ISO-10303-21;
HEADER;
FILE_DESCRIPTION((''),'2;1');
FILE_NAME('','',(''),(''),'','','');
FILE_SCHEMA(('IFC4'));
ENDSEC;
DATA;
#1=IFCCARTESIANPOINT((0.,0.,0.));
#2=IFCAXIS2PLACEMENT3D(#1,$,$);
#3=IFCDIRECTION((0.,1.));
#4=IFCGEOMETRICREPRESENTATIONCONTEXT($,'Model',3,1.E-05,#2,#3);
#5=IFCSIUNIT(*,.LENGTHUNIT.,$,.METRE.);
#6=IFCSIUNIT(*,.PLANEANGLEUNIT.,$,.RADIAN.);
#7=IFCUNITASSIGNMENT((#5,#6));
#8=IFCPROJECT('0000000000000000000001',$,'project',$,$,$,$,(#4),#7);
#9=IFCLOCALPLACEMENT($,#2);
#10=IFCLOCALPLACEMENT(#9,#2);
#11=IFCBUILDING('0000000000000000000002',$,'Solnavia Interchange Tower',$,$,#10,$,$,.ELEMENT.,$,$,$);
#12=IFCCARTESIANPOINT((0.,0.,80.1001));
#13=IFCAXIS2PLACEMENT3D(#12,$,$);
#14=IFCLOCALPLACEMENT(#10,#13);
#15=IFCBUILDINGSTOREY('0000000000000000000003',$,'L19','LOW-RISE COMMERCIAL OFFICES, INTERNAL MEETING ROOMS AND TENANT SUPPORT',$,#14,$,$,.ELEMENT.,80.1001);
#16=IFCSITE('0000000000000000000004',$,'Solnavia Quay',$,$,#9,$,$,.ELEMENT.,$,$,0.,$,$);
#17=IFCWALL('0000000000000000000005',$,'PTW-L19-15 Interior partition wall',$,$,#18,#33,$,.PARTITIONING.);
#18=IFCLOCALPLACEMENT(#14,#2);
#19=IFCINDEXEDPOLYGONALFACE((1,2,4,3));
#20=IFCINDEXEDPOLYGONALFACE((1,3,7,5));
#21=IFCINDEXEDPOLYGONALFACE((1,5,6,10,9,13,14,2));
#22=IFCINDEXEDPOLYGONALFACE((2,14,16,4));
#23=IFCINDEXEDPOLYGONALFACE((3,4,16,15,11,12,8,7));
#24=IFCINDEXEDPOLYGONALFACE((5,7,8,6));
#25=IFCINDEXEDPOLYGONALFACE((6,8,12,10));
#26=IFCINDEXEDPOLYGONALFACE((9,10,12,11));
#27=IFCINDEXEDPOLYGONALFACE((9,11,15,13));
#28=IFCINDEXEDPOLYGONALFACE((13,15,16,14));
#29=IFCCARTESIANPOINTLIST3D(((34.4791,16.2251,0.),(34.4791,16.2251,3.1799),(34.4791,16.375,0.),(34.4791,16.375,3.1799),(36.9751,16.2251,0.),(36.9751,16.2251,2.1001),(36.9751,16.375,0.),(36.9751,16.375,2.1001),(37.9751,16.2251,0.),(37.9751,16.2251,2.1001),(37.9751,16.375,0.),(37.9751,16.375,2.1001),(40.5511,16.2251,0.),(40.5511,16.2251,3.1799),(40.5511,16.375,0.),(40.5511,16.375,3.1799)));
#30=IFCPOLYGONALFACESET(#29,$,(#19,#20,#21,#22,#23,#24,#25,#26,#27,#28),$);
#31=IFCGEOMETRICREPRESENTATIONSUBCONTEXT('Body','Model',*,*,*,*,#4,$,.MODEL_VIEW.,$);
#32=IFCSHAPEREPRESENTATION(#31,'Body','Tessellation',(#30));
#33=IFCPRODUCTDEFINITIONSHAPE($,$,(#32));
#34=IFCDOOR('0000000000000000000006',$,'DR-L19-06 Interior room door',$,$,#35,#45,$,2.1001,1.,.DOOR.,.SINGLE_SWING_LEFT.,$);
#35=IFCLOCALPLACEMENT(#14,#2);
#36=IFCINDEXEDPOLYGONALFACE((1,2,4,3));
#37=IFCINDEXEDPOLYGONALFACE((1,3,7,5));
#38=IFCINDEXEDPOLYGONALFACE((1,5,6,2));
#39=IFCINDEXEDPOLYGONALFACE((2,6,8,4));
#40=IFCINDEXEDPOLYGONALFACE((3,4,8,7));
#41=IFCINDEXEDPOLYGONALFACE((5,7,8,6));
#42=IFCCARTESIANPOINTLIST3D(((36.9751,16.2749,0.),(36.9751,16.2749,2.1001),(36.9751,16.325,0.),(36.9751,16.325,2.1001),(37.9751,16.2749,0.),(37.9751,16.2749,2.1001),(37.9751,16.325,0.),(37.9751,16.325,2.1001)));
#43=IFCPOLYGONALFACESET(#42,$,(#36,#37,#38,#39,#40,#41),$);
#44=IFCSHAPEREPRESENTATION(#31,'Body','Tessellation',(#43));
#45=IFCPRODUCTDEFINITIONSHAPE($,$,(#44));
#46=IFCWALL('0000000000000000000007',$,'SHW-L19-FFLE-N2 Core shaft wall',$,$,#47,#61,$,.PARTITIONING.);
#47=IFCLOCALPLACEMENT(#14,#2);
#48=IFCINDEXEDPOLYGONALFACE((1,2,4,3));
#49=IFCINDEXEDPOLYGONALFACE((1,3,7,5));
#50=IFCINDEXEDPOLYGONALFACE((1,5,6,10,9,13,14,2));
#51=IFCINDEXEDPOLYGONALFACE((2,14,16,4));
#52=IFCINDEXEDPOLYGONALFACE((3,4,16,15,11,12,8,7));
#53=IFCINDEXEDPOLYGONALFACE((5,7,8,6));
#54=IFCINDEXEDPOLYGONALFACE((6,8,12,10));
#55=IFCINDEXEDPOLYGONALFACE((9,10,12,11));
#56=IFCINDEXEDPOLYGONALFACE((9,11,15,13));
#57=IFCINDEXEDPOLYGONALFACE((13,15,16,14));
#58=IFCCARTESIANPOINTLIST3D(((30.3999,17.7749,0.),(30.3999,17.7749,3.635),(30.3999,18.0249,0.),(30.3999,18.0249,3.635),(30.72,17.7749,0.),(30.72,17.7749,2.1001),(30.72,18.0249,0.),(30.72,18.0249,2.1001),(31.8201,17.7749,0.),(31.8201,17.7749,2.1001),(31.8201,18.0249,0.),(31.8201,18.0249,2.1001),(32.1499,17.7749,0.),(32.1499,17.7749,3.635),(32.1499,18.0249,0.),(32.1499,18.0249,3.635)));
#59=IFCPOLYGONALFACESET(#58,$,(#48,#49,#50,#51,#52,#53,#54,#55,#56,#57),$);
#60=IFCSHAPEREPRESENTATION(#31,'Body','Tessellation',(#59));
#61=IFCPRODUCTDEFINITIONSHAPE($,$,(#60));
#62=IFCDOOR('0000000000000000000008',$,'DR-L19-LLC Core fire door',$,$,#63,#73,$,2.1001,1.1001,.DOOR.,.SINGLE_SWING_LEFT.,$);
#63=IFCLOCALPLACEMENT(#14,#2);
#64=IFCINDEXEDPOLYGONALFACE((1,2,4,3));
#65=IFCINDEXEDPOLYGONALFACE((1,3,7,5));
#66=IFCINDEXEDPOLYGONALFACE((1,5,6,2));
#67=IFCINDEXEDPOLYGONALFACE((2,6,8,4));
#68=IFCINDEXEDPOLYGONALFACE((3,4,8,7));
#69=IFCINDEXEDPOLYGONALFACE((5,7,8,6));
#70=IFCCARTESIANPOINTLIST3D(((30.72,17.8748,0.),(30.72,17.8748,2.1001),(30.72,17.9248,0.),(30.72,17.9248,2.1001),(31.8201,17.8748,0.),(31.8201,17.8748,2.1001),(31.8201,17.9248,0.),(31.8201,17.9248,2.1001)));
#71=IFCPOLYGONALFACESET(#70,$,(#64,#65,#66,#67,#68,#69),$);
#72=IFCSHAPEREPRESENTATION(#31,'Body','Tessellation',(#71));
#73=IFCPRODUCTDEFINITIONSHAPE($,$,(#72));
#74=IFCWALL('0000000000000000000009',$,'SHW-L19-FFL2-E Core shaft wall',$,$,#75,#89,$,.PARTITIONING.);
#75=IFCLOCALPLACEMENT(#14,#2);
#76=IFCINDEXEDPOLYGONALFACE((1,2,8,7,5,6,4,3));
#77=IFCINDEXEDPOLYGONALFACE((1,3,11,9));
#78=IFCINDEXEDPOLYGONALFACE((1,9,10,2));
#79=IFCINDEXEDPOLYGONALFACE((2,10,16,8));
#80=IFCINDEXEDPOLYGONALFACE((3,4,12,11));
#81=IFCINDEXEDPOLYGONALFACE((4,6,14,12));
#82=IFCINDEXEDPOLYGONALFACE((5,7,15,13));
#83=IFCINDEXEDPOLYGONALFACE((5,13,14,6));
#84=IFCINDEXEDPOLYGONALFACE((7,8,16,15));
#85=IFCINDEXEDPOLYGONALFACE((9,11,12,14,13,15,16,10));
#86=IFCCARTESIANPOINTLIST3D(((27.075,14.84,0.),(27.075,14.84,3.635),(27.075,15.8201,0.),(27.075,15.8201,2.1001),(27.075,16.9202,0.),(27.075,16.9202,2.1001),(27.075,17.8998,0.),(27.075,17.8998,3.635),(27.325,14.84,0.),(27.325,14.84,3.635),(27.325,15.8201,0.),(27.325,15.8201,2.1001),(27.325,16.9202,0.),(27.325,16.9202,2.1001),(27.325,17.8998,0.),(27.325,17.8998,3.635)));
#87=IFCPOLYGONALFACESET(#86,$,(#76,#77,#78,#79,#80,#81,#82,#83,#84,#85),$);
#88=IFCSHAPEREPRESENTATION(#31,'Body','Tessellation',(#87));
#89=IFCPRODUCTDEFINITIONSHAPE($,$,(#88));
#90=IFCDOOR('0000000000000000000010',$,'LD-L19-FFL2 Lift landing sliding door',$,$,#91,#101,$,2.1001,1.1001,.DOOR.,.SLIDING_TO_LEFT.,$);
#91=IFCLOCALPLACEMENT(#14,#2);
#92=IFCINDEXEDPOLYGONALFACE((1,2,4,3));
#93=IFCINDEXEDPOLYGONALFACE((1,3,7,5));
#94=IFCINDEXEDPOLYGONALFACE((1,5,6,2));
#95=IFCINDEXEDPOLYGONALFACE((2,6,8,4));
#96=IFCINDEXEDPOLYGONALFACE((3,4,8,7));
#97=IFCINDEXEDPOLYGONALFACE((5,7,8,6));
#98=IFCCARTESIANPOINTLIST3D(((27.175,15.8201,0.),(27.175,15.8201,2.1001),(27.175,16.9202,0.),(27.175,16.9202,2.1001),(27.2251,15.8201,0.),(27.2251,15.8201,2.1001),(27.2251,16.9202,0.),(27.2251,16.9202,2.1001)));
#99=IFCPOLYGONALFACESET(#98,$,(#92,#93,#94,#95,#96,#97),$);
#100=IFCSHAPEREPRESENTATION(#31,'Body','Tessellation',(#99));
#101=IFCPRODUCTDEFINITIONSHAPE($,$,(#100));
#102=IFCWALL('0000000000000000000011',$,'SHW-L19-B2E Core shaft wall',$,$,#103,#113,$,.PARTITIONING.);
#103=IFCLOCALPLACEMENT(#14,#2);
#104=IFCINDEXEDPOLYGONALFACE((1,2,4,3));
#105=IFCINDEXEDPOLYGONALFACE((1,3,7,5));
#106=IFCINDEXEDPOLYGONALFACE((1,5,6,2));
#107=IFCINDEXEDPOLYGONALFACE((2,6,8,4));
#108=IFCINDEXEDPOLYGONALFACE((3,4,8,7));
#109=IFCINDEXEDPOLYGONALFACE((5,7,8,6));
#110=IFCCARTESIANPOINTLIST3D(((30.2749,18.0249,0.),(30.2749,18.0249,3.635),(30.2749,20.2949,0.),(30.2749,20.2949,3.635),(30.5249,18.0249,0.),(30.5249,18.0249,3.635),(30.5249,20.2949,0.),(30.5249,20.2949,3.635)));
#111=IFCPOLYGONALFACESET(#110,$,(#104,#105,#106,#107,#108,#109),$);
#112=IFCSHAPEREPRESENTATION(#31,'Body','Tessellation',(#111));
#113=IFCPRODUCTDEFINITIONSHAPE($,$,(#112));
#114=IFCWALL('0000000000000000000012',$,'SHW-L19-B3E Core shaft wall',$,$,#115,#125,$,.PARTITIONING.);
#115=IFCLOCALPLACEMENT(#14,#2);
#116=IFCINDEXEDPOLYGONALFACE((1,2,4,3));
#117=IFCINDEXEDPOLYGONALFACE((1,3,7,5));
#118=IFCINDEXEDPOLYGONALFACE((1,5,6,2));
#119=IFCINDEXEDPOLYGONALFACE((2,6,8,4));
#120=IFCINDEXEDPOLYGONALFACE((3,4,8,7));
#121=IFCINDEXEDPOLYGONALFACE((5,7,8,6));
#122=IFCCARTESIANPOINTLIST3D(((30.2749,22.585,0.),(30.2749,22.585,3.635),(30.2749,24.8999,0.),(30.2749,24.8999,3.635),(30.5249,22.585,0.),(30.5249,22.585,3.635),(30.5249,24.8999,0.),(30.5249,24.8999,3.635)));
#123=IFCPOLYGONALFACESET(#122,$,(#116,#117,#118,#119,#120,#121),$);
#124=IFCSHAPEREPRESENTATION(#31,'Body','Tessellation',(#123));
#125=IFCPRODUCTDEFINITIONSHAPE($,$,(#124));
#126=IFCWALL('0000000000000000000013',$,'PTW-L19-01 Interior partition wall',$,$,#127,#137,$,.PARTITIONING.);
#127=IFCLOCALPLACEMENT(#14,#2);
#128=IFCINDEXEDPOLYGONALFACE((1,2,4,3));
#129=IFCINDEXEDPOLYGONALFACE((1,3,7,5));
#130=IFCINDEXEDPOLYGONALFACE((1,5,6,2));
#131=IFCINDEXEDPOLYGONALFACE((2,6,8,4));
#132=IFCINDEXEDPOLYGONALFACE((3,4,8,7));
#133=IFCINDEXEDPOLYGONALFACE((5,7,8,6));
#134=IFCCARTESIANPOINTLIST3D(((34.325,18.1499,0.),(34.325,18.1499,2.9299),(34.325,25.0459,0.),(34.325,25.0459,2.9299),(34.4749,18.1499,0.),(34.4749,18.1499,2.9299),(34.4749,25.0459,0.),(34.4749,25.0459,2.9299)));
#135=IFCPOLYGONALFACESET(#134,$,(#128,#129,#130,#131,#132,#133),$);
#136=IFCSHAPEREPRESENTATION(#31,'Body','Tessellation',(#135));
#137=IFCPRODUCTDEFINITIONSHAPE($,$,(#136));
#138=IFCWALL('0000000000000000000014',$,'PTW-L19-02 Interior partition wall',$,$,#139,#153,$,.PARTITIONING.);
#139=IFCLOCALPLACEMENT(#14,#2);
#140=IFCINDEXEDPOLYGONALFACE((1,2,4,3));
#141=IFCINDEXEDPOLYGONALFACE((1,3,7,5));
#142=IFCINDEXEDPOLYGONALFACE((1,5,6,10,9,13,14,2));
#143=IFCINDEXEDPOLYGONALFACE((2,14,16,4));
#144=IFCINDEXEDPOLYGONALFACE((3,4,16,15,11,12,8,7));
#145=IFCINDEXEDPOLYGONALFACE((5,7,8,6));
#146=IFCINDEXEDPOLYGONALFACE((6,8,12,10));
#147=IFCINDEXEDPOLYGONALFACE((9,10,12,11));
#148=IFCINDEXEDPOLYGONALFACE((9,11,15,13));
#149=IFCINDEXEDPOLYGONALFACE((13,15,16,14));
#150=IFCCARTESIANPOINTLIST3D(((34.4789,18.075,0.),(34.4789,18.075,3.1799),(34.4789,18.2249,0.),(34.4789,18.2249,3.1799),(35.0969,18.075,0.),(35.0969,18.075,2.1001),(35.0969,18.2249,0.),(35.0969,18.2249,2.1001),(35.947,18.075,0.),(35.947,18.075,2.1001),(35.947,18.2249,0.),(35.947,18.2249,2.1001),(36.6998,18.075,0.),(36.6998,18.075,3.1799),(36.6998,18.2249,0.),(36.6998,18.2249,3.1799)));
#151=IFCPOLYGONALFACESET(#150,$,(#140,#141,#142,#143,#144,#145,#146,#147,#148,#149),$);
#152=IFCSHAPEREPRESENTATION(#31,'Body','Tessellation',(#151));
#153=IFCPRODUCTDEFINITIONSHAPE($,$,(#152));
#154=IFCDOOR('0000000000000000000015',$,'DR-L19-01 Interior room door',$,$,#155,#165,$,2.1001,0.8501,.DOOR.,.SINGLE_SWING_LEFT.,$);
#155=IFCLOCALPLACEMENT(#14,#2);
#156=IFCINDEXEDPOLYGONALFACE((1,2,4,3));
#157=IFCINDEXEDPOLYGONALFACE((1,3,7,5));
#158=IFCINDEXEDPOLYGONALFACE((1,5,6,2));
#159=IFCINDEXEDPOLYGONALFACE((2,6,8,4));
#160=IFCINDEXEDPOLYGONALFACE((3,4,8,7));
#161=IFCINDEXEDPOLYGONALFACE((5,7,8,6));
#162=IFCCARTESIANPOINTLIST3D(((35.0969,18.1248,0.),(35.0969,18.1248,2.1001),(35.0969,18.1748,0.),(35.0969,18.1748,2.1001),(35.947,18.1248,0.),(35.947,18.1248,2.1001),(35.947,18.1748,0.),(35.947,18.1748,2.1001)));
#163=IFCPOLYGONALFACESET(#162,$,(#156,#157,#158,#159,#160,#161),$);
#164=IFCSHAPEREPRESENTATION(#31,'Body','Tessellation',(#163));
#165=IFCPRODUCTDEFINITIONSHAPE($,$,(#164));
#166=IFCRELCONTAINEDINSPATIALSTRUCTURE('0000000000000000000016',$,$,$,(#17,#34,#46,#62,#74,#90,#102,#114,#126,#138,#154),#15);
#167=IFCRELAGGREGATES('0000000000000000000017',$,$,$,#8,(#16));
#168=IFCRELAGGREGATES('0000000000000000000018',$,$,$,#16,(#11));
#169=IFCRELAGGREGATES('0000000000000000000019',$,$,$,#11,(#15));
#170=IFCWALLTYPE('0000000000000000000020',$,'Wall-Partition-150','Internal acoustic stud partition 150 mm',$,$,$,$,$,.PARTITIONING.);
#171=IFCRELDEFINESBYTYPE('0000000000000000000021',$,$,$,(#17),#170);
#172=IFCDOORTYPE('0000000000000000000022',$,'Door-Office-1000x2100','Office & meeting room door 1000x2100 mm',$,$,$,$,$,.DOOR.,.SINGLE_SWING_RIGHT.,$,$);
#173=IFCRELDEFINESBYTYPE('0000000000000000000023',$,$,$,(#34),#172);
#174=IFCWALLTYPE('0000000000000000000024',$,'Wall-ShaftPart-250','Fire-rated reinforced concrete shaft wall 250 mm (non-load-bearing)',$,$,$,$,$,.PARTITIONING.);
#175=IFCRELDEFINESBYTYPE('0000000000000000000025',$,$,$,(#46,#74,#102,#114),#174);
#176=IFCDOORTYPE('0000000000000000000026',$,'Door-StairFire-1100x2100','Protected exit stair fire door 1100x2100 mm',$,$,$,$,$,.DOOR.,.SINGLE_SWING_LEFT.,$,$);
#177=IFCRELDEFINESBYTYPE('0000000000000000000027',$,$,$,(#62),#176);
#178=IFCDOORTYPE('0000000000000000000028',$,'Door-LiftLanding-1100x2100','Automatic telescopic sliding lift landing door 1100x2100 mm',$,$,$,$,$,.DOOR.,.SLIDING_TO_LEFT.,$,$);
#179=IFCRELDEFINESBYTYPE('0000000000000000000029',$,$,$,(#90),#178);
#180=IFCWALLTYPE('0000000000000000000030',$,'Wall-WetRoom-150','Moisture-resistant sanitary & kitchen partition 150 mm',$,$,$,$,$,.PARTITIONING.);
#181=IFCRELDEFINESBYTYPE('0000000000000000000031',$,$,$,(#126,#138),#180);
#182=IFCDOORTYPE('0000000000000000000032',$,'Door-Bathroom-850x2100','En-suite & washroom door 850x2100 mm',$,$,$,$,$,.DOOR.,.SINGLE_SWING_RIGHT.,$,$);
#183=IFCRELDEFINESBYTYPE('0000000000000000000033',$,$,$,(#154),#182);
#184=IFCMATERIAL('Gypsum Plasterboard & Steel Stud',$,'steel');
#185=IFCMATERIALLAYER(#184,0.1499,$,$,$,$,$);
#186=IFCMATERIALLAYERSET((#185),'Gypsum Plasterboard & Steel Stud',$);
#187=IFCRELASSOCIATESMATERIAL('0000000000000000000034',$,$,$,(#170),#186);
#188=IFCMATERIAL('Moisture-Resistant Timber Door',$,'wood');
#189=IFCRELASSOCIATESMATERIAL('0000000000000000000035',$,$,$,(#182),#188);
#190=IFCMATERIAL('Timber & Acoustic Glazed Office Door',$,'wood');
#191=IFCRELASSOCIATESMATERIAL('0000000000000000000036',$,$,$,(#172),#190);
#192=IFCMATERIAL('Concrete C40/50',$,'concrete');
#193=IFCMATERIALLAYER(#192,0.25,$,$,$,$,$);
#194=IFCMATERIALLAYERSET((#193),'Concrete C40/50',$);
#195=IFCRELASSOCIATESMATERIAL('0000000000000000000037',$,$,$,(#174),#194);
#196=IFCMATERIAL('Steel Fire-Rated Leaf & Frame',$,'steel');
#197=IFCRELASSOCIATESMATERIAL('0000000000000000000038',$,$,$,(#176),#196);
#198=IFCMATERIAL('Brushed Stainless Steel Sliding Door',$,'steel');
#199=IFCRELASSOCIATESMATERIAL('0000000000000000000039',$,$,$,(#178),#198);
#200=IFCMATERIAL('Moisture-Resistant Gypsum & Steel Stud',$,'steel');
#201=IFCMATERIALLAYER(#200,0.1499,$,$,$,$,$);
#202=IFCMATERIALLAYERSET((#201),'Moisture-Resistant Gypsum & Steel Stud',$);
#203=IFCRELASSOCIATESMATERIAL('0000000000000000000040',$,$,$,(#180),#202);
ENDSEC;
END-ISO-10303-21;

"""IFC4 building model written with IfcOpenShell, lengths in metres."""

from ifc_helpers import new_model, si_unit, direction, frame, frame_2d, origin, place, context, subcontext, project, spatial, rectangle, extrude, material, layer, layer_set, type_object, element, fill, save


model = new_model("IFC4")

# Units and contexts
model_context = context("Model", 3, precision=1e-05, world=origin(), true_north=direction((0.0, 1.0)))
body_context = subcontext(model_context, "Body", "Model", "MODEL_VIEW")
ifc_project = project(units=[si_unit("LENGTHUNIT", "METRE"), si_unit("PLANEANGLEUNIT", "RADIAN")], contexts=[model_context])

# Site, building, storey
site_placement = place(None, origin())
site = spatial("IfcSite", under=ifc_project, at=site_placement, Name="Solnavia Quay", CompositionType="ELEMENT", RefElevation=0.0)
building_placement = place(site_placement, origin())
building = spatial("IfcBuilding", under=site, at=building_placement, Name="Solnavia Interchange Tower", CompositionType="ELEMENT")
storey_placement = place(building_placement, frame((0.0, 0.0, 80.1001)))
storey = spatial("IfcBuildingStorey", under=building, at=storey_placement, Name="L19", Description="LOW-RISE COMMERCIAL OFFICES, INTERNAL MEETING ROOMS AND TENANT SUPPORT", CompositionType="ELEMENT", Elevation=80.1001)

# Shared definitions
ifc_material_1 = material(Name="Concrete C40/50", Category="concrete")

# Walls, openings, doors
ifc_material_2 = material(Name="Gypsum Plasterboard & Steel Stud", Category="steel")
ifc_layer_1 = layer(ifc_material_2, 0.1499)
ifc_layer_set_1 = layer_set([ifc_layer_1], Name="Gypsum Plasterboard & Steel Stud")
wall_type_1 = type_object("IfcWallType", Name="Wall-Partition-150", Description="Internal acoustic stud partition 150 mm", PredefinedType="PARTITIONING", material=ifc_layer_set_1)
ifc_material_3 = material(Name="Moisture-Resistant Timber Door", Category="wood")
door_type_1 = type_object("IfcDoorType", Name="Door-Bathroom-850x2100", Description="En-suite & washroom door 850x2100 mm", OperationType="SINGLE_SWING_RIGHT", PredefinedType="DOOR", material=ifc_material_3)
wall_1_placement = place(storey_placement, frame((34.479, 16.3, 0.0), z_axis=(0.0, 0.0, 1.0), x_axis=(1.0, 0.0, 0.0)))
wall_1 = element("IfcWall", 1, at=wall_1_placement, inside=storey, type_object=wall_type_1, Name="PTW-L19-15 Interior partition wall", PredefinedType="PARTITIONING", context=body_context, shape_type="SweptSolid", body=[
    extrude(rectangle(XDim=6.072, YDim=0.1499, at=frame_2d((3.0361, 0.0))), origin(), (0.0, 0.0, 1.0), 3.1799),
])
opening_1_placement = place(wall_1_placement, frame((2.4961, 0.0, 0.0)))
opening_1 = element("IfcOpeningElement", 2, at=opening_1_placement, cuts=wall_1, PredefinedType="OPENING", context=body_context, shape_type="SweptSolid", body=[
    extrude(rectangle(XDim=1.0, YDim=2.1001, at=frame_2d((0.5, 1.05))), frame((0.0, 0.085, 0.0), z_axis=(0.0, -1.0, 0.0), x_axis=(1.0, 0.0, 0.0)), (0.0, 0.0, 1.0), 0.1699),
])
ifc_material_4 = material(Name="Timber & Acoustic Glazed Office Door", Category="wood")
door_type_2 = type_object("IfcDoorType", Name="Door-Office-1000x2100", Description="Office & meeting room door 1000x2100 mm", OperationType="SINGLE_SWING_RIGHT", PredefinedType="DOOR", material=ifc_material_4)
door_1_placement = place(opening_1_placement, origin())
door_1 = element("IfcDoor", 3, at=door_1_placement, inside=storey, type_object=door_type_2, Name="DR-L19-06 Interior room door", OperationType="SINGLE_SWING_LEFT", OverallHeight=2.1001, OverallWidth=1.0, PredefinedType="DOOR", context=body_context, shape_type="SweptSolid", body=[
    extrude(rectangle(XDim=1.0, YDim=2.1001, at=frame_2d((0.5, 1.05))), frame((0.0, 0.0249, 0.0), z_axis=(0.0, -1.0, 0.0), x_axis=(1.0, 0.0, 0.0)), (0.0, 0.0, 1.0), 0.05),
])
fill(opening_1, door_1)
ifc_layer_2 = layer(ifc_material_1, 0.25)
ifc_layer_set_2 = layer_set([ifc_layer_2], Name="Concrete C40/50")
wall_type_2 = type_object("IfcWallType", Name="Wall-ShaftPart-250", Description="Fire-rated reinforced concrete shaft wall 250 mm (non-load-bearing)", PredefinedType="PARTITIONING", material=ifc_layer_set_2)
wall_2_placement = place(storey_placement, frame((30.3999, 17.8999, 0.0), z_axis=(0.0, 0.0, 1.0), x_axis=(1.0, 0.0, 0.0)))
wall_2 = element("IfcWall", 4, at=wall_2_placement, inside=storey, type_object=wall_type_2, Name="SHW-L19-FFLE-N2 Core shaft wall", PredefinedType="PARTITIONING", context=body_context, shape_type="SweptSolid", body=[
    extrude(rectangle(XDim=1.75, YDim=0.25, at=frame_2d((0.875, 0.0))), origin(), (0.0, 0.0, 1.0), 3.635),
])
opening_2_placement = place(wall_2_placement, frame((0.3201, 0.0, 0.0)))
opening_2 = element("IfcOpeningElement", 5, at=opening_2_placement, cuts=wall_2, PredefinedType="OPENING", context=body_context, shape_type="SweptSolid", body=[
    extrude(rectangle(XDim=1.1001, YDim=2.1001, at=frame_2d((0.55, 1.05))), frame((0.0, 0.135, 0.0), z_axis=(0.0, -1.0, 0.0), x_axis=(1.0, 0.0, 0.0)), (0.0, 0.0, 1.0), 0.27),
])
ifc_material_5 = material(Name="Steel Fire-Rated Leaf & Frame", Category="steel")
door_type_3 = type_object("IfcDoorType", Name="Door-StairFire-1100x2100", Description="Protected exit stair fire door 1100x2100 mm", OperationType="SINGLE_SWING_LEFT", PredefinedType="DOOR", material=ifc_material_5)
door_2_placement = place(opening_2_placement, origin())
door_2 = element("IfcDoor", 6, at=door_2_placement, inside=storey, type_object=door_type_3, Name="DR-L19-LLC Core fire door", OperationType="SINGLE_SWING_LEFT", OverallHeight=2.1001, OverallWidth=1.1001, PredefinedType="DOOR", context=body_context, shape_type="SweptSolid", body=[
    extrude(rectangle(XDim=1.1001, YDim=2.1001, at=frame_2d((0.55, 1.05))), frame((0.0, 0.0249, 0.0), z_axis=(0.0, -1.0, 0.0), x_axis=(1.0, 0.0, 0.0)), (0.0, 0.0, 1.0), 0.05),
])
fill(opening_2, door_2)
wall_3_placement = place(storey_placement, frame((27.2, 14.8401, 0.0), z_axis=(0.0, 0.0, 1.0), x_axis=(0.0, 1.0, 0.0)))
wall_3 = element("IfcWall", 7, at=wall_3_placement, inside=storey, type_object=wall_type_2, Name="SHW-L19-FFL2-E Core shaft wall", PredefinedType="PARTITIONING", context=body_context, shape_type="SweptSolid", body=[
    extrude(rectangle(XDim=3.0598, YDim=0.25, at=frame_2d((1.5298, 0.0))), origin(), (0.0, 0.0, 1.0), 3.635),
])
opening_3_placement = place(wall_3_placement, frame((0.98, 0.0, 0.0)))
opening_3 = element("IfcOpeningElement", 8, at=opening_3_placement, cuts=wall_3, PredefinedType="OPENING", context=body_context, shape_type="SweptSolid", body=[
    extrude(rectangle(XDim=1.1001, YDim=2.1001, at=frame_2d((0.55, 1.05))), frame((0.0, 0.135, 0.0), z_axis=(0.0, -1.0, 0.0), x_axis=(1.0, 0.0, 0.0)), (0.0, 0.0, 1.0), 0.27),
])
ifc_material_6 = material(Name="Brushed Stainless Steel Sliding Door", Category="steel")
door_type_4 = type_object("IfcDoorType", Name="Door-LiftLanding-1100x2100", Description="Automatic telescopic sliding lift landing door 1100x2100 mm", OperationType="SLIDING_TO_LEFT", PredefinedType="DOOR", material=ifc_material_6)
door_3_placement = place(opening_3_placement, origin())
door_3 = element("IfcDoor", 9, at=door_3_placement, inside=storey, type_object=door_type_4, Name="LD-L19-FFL2 Lift landing sliding door", OperationType="SLIDING_TO_LEFT", OverallHeight=2.1001, OverallWidth=1.1001, PredefinedType="DOOR", context=body_context, shape_type="SweptSolid", body=[
    extrude(rectangle(XDim=1.1001, YDim=2.1001, at=frame_2d((0.55, 1.05))), frame((0.0, 0.0249, 0.0), z_axis=(0.0, -1.0, 0.0), x_axis=(1.0, 0.0, 0.0)), (0.0, 0.0, 1.0), 0.05),
])
fill(opening_3, door_3)

# Walls
wall_4_placement = place(storey_placement, frame((30.3999, 18.0249, 0.0), z_axis=(0.0, 0.0, 1.0), x_axis=(0.0, 1.0, 0.0)))
element("IfcWall", 10, at=wall_4_placement, inside=storey, type_object=wall_type_2, Name="SHW-L19-B2E Core shaft wall", PredefinedType="PARTITIONING", context=body_context, shape_type="SweptSolid", body=[
    extrude(rectangle(XDim=2.27, YDim=0.25, at=frame_2d((1.135, 0.0))), origin(), (0.0, 0.0, 1.0), 3.635),
])
wall_5_placement = place(storey_placement, frame((30.3999, 22.585, 0.0), z_axis=(0.0, 0.0, 1.0), x_axis=(0.0, 1.0, 0.0)))
element("IfcWall", 11, at=wall_5_placement, inside=storey, type_object=wall_type_2, Name="SHW-L19-B3E Core shaft wall", PredefinedType="PARTITIONING", context=body_context, shape_type="SweptSolid", body=[
    extrude(rectangle(XDim=2.3149, YDim=0.25, at=frame_2d((1.1575, 0.0))), origin(), (0.0, 0.0, 1.0), 3.635),
])
ifc_material_7 = material(Name="Moisture-Resistant Gypsum & Steel Stud", Category="steel")
ifc_layer_3 = layer(ifc_material_7, 0.1499)
ifc_layer_set_3 = layer_set([ifc_layer_3], Name="Moisture-Resistant Gypsum & Steel Stud")
wall_type_3 = type_object("IfcWallType", Name="Wall-WetRoom-150", Description="Moisture-resistant sanitary & kitchen partition 150 mm", PredefinedType="PARTITIONING", material=ifc_layer_set_3)
wall_6_placement = place(storey_placement, frame((34.3999, 18.1499, 0.0), z_axis=(0.0, 0.0, 1.0), x_axis=(0.0, 1.0, 0.0)))
element("IfcWall", 12, at=wall_6_placement, inside=storey, type_object=wall_type_3, Name="PTW-L19-01 Interior partition wall", PredefinedType="PARTITIONING", context=body_context, shape_type="SweptSolid", body=[
    extrude(rectangle(XDim=6.896, YDim=0.1499, at=frame_2d((3.448, 0.0))), origin(), (0.0, 0.0, 1.0), 2.9299),
])

# Wall, opening, door
wall_7_placement = place(storey_placement, frame((34.479, 18.1499, 0.0), z_axis=(0.0, 0.0, 1.0), x_axis=(1.0, 0.0, 0.0)))
wall_7 = element("IfcWall", 13, at=wall_7_placement, inside=storey, type_object=wall_type_3, Name="PTW-L19-02 Interior partition wall", PredefinedType="PARTITIONING", context=body_context, shape_type="SweptSolid", body=[
    extrude(rectangle(XDim=2.2209, YDim=0.1499, at=frame_2d((1.1104, 0.0))), origin(), (0.0, 0.0, 1.0), 3.1799),
])
opening_4_placement = place(wall_7_placement, frame((0.6179, 0.0, 0.0)))
opening_4 = element("IfcOpeningElement", 14, at=opening_4_placement, cuts=wall_7, PredefinedType="OPENING", context=body_context, shape_type="SweptSolid", body=[
    extrude(rectangle(XDim=0.8501, YDim=2.1001, at=frame_2d((0.425, 1.05))), frame((0.0, 0.085, 0.0), z_axis=(0.0, -1.0, 0.0), x_axis=(1.0, 0.0, 0.0)), (0.0, 0.0, 1.0), 0.1699),
])
door_4_placement = place(opening_4_placement, origin())
door_4 = element("IfcDoor", 15, at=door_4_placement, inside=storey, type_object=door_type_1, Name="DR-L19-01 Interior room door", OperationType="SINGLE_SWING_LEFT", OverallHeight=2.1001, OverallWidth=0.8501, PredefinedType="DOOR", context=body_context, shape_type="SweptSolid", body=[
    extrude(rectangle(XDim=0.8501, YDim=2.1001, at=frame_2d((0.425, 1.05))), frame((0.0, 0.0249, 0.0), z_axis=(0.0, -1.0, 0.0), x_axis=(1.0, 0.0, 0.0)), (0.0, 0.0, 1.0), 0.05),
])
fill(opening_4, door_4)

save(model, "model.ifc")
